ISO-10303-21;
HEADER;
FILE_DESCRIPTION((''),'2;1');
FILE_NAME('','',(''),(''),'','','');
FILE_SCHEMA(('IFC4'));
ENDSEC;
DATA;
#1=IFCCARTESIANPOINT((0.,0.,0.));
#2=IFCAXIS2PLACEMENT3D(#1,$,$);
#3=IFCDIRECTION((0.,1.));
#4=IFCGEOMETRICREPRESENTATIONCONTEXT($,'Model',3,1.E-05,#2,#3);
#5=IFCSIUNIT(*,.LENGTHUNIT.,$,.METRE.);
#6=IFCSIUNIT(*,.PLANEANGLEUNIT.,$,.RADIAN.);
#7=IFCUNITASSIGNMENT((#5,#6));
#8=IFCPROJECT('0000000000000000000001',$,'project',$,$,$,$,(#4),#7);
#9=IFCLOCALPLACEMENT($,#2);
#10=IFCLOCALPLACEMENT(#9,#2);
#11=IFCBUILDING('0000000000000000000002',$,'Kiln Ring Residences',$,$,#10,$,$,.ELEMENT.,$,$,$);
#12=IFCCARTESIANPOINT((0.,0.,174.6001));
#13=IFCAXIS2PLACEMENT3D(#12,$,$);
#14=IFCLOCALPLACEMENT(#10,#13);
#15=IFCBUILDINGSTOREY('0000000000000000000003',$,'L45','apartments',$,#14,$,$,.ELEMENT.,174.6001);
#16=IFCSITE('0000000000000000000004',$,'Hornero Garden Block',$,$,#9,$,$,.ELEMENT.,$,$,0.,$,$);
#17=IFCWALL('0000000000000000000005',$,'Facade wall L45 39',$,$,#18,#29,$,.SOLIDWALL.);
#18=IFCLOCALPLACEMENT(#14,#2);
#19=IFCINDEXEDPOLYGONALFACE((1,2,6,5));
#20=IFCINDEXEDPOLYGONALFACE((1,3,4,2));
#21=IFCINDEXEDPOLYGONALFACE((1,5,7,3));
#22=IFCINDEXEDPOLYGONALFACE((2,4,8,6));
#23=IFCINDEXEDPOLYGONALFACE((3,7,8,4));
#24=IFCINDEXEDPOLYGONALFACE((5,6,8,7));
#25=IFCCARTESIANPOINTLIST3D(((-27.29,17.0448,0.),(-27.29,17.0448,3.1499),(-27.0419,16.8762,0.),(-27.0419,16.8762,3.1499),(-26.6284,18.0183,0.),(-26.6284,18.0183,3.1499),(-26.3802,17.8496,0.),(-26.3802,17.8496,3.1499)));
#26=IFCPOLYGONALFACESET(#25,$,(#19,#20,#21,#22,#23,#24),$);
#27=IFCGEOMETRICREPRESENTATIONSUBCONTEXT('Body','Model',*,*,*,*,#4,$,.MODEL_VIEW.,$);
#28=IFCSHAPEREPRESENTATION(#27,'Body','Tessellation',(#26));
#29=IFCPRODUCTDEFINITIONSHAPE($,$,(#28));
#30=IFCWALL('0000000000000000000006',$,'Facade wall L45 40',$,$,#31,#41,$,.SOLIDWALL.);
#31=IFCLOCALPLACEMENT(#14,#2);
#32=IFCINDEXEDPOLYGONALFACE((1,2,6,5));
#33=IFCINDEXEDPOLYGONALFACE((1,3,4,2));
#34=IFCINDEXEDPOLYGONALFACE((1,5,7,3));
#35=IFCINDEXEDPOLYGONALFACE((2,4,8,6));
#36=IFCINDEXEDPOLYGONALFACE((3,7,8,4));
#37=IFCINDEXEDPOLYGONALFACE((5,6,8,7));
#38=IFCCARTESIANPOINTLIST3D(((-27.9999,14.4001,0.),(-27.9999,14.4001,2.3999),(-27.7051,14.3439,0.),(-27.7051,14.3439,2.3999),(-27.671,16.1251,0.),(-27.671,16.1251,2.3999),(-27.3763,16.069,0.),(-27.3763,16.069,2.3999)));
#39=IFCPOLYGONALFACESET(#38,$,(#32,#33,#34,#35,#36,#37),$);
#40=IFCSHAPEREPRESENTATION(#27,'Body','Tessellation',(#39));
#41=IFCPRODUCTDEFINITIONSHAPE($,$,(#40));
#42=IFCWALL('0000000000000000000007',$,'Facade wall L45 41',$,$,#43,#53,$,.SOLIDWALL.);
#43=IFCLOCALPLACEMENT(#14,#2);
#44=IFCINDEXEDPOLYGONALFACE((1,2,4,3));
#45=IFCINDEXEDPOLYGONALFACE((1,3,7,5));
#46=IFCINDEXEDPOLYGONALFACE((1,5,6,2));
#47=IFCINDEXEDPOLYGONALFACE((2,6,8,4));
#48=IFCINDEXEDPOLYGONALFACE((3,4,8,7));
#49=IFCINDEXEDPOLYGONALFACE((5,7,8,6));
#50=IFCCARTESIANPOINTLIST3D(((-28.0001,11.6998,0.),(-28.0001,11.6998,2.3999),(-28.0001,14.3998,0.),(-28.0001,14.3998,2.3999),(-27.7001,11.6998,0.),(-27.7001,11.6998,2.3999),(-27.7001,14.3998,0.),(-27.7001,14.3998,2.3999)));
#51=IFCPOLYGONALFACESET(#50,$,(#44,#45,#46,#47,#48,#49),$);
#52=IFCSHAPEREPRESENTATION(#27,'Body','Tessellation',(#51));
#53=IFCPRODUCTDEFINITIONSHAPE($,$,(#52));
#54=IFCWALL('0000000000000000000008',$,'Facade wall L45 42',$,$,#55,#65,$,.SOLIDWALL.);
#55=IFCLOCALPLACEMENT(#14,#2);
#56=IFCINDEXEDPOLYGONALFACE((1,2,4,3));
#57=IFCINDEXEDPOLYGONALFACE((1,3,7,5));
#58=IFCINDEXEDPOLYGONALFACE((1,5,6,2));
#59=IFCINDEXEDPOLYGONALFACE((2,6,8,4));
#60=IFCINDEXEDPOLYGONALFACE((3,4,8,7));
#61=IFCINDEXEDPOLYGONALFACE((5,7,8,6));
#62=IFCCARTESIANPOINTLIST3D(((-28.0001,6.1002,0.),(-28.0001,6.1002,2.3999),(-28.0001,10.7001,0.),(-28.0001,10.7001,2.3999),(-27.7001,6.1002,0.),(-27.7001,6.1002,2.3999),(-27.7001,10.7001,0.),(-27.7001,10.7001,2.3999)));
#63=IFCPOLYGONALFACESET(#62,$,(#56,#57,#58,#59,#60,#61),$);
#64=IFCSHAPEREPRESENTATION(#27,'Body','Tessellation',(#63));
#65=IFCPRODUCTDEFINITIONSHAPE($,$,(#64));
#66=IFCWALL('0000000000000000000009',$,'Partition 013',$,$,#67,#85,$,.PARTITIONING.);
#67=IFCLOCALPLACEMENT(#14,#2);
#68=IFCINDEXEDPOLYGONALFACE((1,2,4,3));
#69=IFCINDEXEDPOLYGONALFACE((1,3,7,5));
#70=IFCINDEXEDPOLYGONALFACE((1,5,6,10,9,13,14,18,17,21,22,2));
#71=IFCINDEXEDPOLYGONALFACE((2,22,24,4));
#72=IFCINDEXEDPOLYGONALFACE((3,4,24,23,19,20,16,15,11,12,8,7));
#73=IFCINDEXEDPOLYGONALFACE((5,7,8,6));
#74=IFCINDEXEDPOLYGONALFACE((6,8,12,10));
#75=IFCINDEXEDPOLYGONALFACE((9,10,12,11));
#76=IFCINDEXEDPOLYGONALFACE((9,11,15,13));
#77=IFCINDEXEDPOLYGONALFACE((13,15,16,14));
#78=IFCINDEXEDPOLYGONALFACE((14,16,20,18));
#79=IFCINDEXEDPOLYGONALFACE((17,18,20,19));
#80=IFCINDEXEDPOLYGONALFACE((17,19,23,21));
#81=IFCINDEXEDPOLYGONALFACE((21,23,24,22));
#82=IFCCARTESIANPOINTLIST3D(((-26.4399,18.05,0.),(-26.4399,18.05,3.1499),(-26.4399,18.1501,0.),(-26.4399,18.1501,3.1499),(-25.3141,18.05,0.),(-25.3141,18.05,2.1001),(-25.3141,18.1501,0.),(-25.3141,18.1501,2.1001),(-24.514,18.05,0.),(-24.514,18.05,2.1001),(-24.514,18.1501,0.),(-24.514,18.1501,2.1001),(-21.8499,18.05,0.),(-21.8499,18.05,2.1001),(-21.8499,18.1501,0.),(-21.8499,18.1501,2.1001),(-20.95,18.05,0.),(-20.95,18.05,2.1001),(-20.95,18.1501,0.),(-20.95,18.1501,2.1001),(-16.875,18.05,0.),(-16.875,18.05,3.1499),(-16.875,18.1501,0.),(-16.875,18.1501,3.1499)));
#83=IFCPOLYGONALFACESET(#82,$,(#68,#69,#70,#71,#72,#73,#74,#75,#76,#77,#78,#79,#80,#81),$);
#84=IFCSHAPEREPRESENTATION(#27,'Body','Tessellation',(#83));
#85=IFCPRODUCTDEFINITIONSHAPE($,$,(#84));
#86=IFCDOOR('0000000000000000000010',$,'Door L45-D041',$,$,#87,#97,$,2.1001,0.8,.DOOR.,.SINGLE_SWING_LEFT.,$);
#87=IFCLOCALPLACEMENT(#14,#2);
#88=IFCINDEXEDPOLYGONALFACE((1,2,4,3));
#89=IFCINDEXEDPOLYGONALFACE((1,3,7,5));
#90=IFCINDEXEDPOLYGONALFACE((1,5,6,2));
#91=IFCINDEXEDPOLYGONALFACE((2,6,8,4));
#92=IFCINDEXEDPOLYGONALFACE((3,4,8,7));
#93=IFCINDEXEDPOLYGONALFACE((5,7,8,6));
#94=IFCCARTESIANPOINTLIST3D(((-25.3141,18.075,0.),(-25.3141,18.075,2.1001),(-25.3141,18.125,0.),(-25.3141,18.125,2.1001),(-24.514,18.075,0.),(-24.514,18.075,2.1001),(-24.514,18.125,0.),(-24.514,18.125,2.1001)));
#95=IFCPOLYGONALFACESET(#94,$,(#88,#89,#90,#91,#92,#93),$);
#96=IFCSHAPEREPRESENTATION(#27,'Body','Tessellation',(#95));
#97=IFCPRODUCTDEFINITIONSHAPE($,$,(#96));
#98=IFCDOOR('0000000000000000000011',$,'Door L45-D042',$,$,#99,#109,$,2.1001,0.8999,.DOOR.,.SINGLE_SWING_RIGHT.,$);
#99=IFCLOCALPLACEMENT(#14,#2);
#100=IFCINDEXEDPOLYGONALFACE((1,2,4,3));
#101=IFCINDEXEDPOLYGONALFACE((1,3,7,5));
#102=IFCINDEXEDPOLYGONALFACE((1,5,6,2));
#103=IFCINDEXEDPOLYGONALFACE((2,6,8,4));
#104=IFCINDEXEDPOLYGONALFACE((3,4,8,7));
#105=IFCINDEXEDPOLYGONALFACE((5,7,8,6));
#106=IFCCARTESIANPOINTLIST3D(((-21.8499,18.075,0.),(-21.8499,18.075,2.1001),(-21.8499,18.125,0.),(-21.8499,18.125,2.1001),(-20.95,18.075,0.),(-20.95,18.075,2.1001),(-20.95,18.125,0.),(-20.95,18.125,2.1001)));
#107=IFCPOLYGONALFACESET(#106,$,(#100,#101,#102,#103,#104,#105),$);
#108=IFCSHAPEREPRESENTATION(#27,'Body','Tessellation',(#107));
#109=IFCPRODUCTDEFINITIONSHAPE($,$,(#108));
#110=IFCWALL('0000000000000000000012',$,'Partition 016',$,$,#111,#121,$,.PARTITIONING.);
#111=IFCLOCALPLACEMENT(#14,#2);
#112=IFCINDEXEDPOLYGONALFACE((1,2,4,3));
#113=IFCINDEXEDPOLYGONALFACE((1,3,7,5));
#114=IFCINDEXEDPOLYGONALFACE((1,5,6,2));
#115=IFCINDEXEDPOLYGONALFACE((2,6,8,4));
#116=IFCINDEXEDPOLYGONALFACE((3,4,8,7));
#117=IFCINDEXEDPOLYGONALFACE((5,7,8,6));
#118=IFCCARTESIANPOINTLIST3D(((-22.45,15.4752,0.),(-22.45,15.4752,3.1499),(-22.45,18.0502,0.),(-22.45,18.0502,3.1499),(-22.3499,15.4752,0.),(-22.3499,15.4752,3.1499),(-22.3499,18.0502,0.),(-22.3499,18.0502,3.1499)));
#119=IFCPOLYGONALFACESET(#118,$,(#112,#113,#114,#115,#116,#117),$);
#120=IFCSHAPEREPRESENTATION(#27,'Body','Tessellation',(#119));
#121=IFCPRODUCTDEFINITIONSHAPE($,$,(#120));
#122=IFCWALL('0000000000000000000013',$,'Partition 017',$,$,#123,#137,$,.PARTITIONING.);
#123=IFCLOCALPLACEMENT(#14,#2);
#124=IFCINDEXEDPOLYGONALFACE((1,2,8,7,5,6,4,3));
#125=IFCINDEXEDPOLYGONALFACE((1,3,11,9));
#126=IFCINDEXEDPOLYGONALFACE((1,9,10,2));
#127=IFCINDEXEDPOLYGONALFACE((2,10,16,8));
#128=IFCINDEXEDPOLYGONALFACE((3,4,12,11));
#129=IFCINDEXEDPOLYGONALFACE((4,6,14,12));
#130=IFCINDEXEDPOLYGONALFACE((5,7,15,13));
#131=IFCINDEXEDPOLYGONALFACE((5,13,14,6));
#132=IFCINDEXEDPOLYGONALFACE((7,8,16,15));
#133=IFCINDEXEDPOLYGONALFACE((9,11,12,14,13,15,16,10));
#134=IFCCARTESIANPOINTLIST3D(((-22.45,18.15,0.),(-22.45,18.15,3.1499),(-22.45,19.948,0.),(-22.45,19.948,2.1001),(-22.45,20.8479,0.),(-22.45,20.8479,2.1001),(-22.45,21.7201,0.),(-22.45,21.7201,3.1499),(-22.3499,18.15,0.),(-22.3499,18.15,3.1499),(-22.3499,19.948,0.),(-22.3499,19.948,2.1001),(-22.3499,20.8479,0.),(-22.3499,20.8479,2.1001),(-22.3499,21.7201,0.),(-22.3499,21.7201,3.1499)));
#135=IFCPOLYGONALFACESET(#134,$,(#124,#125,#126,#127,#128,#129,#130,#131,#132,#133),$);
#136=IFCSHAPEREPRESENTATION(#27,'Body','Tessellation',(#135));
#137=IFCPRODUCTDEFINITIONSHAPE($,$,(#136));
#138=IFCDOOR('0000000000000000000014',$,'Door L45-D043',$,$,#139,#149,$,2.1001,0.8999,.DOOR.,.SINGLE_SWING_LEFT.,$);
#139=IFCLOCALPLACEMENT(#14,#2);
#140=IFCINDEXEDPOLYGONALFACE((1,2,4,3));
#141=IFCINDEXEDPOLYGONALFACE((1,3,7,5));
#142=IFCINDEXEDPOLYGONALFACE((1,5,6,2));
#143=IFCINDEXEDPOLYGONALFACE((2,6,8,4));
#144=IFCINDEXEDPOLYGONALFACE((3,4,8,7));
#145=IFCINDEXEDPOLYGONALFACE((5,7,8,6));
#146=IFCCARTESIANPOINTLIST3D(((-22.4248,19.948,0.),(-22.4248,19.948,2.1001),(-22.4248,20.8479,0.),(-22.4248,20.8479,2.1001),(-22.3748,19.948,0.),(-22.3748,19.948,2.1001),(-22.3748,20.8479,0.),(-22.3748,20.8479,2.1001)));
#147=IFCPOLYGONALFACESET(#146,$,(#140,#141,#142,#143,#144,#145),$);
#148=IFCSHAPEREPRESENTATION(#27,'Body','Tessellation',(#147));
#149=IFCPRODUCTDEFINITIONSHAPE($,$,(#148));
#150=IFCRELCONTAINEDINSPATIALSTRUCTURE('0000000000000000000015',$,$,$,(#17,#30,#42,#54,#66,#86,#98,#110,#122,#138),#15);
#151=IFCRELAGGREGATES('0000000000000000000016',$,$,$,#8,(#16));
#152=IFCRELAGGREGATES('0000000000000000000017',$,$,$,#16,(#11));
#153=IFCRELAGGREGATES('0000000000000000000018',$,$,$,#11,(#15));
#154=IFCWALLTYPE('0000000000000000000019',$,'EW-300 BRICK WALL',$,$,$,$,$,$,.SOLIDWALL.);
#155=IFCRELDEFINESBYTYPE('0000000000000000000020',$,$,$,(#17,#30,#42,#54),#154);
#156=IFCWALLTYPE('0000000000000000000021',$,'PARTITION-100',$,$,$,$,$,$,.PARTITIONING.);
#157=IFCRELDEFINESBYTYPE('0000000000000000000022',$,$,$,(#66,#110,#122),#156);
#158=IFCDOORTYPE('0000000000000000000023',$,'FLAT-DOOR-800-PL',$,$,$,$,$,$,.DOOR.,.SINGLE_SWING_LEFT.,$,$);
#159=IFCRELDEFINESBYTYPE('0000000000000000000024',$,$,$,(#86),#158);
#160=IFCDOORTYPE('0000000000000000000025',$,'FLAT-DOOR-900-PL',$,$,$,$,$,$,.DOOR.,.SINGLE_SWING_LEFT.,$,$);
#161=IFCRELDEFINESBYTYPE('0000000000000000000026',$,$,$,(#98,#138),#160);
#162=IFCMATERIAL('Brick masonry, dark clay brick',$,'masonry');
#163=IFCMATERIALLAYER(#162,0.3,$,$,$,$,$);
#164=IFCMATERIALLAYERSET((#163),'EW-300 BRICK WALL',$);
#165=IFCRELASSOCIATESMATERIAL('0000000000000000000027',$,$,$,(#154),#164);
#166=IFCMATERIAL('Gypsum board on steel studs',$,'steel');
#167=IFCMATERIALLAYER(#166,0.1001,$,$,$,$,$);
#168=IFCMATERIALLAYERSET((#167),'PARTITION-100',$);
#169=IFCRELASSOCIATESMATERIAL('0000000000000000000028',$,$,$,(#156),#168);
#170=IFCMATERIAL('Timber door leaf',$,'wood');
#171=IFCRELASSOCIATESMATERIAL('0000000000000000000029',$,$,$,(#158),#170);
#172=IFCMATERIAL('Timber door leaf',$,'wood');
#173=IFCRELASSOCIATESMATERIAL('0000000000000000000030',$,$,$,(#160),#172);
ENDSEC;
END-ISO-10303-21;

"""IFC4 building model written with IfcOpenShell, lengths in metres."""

from ifc_helpers import new_model, si_unit, direction, frame, frame_2d, origin, place, context, subcontext, project, spatial, rectangle, extrude, material, layer, layer_set, type_object, element, fill, save


model = new_model("IFC4")

# Units and contexts
model_context = context("Model", 3, precision=1e-05, world=origin(), true_north=direction((0.0, 1.0)))
body_context = subcontext(model_context, "Body", "Model", "MODEL_VIEW")
ifc_project = project(units=[si_unit("LENGTHUNIT", "METRE"), si_unit("PLANEANGLEUNIT", "RADIAN")], contexts=[model_context])

# Site, building, storey
site_placement = place(None, origin())
site = spatial("IfcSite", under=ifc_project, at=site_placement, Name="Hornero Garden Block", CompositionType="ELEMENT", RefElevation=0.0)
building_placement = place(site_placement, origin())
building = spatial("IfcBuilding", under=site, at=building_placement, Name="Kiln Ring Residences", CompositionType="ELEMENT")
storey_placement = place(building_placement, frame((0.0, 0.0, 174.6001)))
storey = spatial("IfcBuildingStorey", under=building, at=storey_placement, Name="L45", Description="apartments", CompositionType="ELEMENT", Elevation=174.6001)

# Shared definitions
ifc_material_1 = material(Name="Brick masonry, dark clay brick", Category="masonry")
ifc_layer_1 = layer(ifc_material_1, 0.3)
ifc_layer_set_1 = layer_set([ifc_layer_1], Name="EW-300 BRICK WALL")
wall_type_1 = type_object("IfcWallType", Name="EW-300 BRICK WALL", PredefinedType="SOLIDWALL", material=ifc_layer_set_1)

# Walls
wall_1_placement = place(storey_placement, frame((-26.5044, 17.9338, 0.0), z_axis=(0.0, 0.0, 1.0), x_axis=(-0.562145, -0.827038, 0.0)))
element("IfcWall", 1, at=wall_1_placement, inside=storey, type_object=wall_type_1, Name="Facade wall L45 39", PredefinedType="SOLIDWALL", context=body_context, shape_type="SweptSolid", body=[
    extrude(rectangle(XDim=1.177, YDim=0.3, at=frame_2d((0.5884, 0.0))), origin(), (0.0, 0.0, 1.0), 3.1499),
])
wall_2_placement = place(storey_placement, frame((-27.5237, 16.0969, 0.0), z_axis=(0.0, 0.0, 1.0), x_axis=(-0.187259, -0.982311, 0.0)))
element("IfcWall", 2, at=wall_2_placement, inside=storey, type_object=wall_type_1, Name="Facade wall L45 40", PredefinedType="SOLIDWALL", context=body_context, shape_type="SweptSolid", body=[
    extrude(rectangle(XDim=1.7561, YDim=0.3, at=frame_2d((0.8779, 0.0))), origin(), (0.0, 0.0, 1.0), 2.3999),
])
wall_3_placement = place(storey_placement, frame((-27.8501, 14.3999, 0.0), z_axis=(0.0, 0.0, 1.0), x_axis=(0.0, -1.0, 0.0)))
element("IfcWall", 3, at=wall_3_placement, inside=storey, type_object=wall_type_1, Name="Facade wall L45 41", PredefinedType="SOLIDWALL", context=body_context, shape_type="SweptSolid", body=[
    extrude(rectangle(XDim=2.7, YDim=0.3, at=frame_2d((1.3501, 0.0))), origin(), (0.0, 0.0, 1.0), 2.3999),
])
wall_4_placement = place(storey_placement, frame((-27.8501, 10.7, 0.0), z_axis=(0.0, 0.0, 1.0), x_axis=(0.0, -1.0, 0.0)))
element("IfcWall", 4, at=wall_4_placement, inside=storey, type_object=wall_type_1, Name="Facade wall L45 42", PredefinedType="SOLIDWALL", context=body_context, shape_type="SweptSolid", body=[
    extrude(rectangle(XDim=4.5999, YDim=0.3, at=frame_2d((2.2998, 0.0))), origin(), (0.0, 0.0, 1.0), 2.3999),
])

# Wall, openings, doors
ifc_material_2 = material(Name="Gypsum board on steel studs", Category="steel")
ifc_layer_2 = layer(ifc_material_2, 0.1001)
ifc_layer_set_2 = layer_set([ifc_layer_2], Name="PARTITION-100")
wall_type_2 = type_object("IfcWallType", Name="PARTITION-100", PredefinedType="PARTITIONING", material=ifc_layer_set_2)
wall_5_placement = place(storey_placement, frame((-26.4399, 18.1001, 0.0), z_axis=(0.0, 0.0, 1.0), x_axis=(1.0, 0.0, 0.0)))
wall_5 = element("IfcWall", 5, at=wall_5_placement, inside=storey, type_object=wall_type_2, Name="Partition 013", PredefinedType="PARTITIONING", context=body_context, shape_type="SweptSolid", body=[
    extrude(rectangle(XDim=9.5649, YDim=0.1001, at=frame_2d((4.7825, 0.0))), origin(), (0.0, 0.0, 1.0), 3.1499),
])
opening_1_placement = place(wall_5_placement, frame((1.126, 0.0, 0.0)))
opening_1 = element("IfcOpeningElement", 6, at=opening_1_placement, cuts=wall_5, PredefinedType="OPENING", context=body_context, shape_type="SweptSolid", body=[
    extrude(rectangle(XDim=0.8, YDim=2.1001, at=frame_2d((0.3999, 1.05))), frame((0.0, 0.0601, 0.0), z_axis=(0.0, -1.0, 0.0), x_axis=(1.0, 0.0, 0.0)), (0.0, 0.0, 1.0), 0.1201),
])
opening_2_placement = place(wall_5_placement, frame((4.5901, 0.0, 0.0)))
opening_2 = element("IfcOpeningElement", 7, at=opening_2_placement, cuts=wall_5, PredefinedType="OPENING", context=body_context, shape_type="SweptSolid", body=[
    extrude(rectangle(XDim=0.8999, YDim=2.1001, at=frame_2d((0.45, 1.05))), frame((0.0, 0.0601, 0.0), z_axis=(0.0, -1.0, 0.0), x_axis=(1.0, 0.0, 0.0)), (0.0, 0.0, 1.0), 0.1201),
])
ifc_material_3 = material(Name="Timber door leaf", Category="wood")
door_type_1 = type_object("IfcDoorType", Name="FLAT-DOOR-800-PL", OperationType="SINGLE_SWING_LEFT", PredefinedType="DOOR", material=ifc_material_3)
door_1_placement = place(opening_1_placement, origin())
door_1 = element("IfcDoor", 8, at=door_1_placement, inside=storey, type_object=door_type_1, Name="Door L45-D041", OperationType="SINGLE_SWING_LEFT", OverallHeight=2.1001, OverallWidth=0.8, PredefinedType="DOOR", context=body_context, shape_type="SweptSolid", body=[
    extrude(rectangle(XDim=0.8, YDim=2.1001, at=frame_2d((0.3999, 1.05))), frame((0.0, 0.0249, 0.0), z_axis=(0.0, -1.0, 0.0), x_axis=(1.0, 0.0, 0.0)), (0.0, 0.0, 1.0), 0.05),
])
fill(opening_1, door_1)
ifc_material_4 = material(Name="Timber door leaf", Category="wood")
door_type_2 = type_object("IfcDoorType", Name="FLAT-DOOR-900-PL", OperationType="SINGLE_SWING_LEFT", PredefinedType="DOOR", material=ifc_material_4)
door_2_placement = place(opening_2_placement, origin())
door_2 = element("IfcDoor", 9, at=door_2_placement, inside=storey, type_object=door_type_2, Name="Door L45-D042", OperationType="SINGLE_SWING_RIGHT", OverallHeight=2.1001, OverallWidth=0.8999, PredefinedType="DOOR", context=body_context, shape_type="SweptSolid", body=[
    extrude(rectangle(XDim=0.8999, YDim=2.1001, at=frame_2d((0.45, 1.05))), frame((0.0, 0.0249, 0.0), z_axis=(0.0, -1.0, 0.0), x_axis=(1.0, 0.0, 0.0)), (0.0, 0.0, 1.0), 0.05),
])
fill(opening_2, door_2)

# Wall
wall_6_placement = place(storey_placement, frame((-22.3999, 15.4751, 0.0), z_axis=(0.0, 0.0, 1.0), x_axis=(0.0, 1.0, 0.0)))
element("IfcWall", 10, at=wall_6_placement, inside=storey, type_object=wall_type_2, Name="Partition 016", PredefinedType="PARTITIONING", context=body_context, shape_type="SweptSolid", body=[
    extrude(rectangle(XDim=2.575, YDim=0.1001, at=frame_2d((1.2876, 0.0))), origin(), (0.0, 0.0, 1.0), 3.1499),
])

# Wall, opening, door
wall_7_placement = place(storey_placement, frame((-22.3999, 18.1499, 0.0), z_axis=(0.0, 0.0, 1.0), x_axis=(0.0, 1.0, 0.0)))
wall_7 = element("IfcWall", 11, at=wall_7_placement, inside=storey, type_object=wall_type_2, Name="Partition 017", PredefinedType="PARTITIONING", context=body_context, shape_type="SweptSolid", body=[
    extrude(rectangle(XDim=3.5701, YDim=0.1001, at=frame_2d((1.7852, 0.0))), origin(), (0.0, 0.0, 1.0), 3.1499),
])
opening_3_placement = place(wall_7_placement, frame((1.7981, 0.0, 0.0)))
opening_3 = element("IfcOpeningElement", 12, at=opening_3_placement, cuts=wall_7, PredefinedType="OPENING", context=body_context, shape_type="SweptSolid", body=[
    extrude(rectangle(XDim=0.8999, YDim=2.1001, at=frame_2d((0.45, 1.05))), frame((0.0, 0.0601, 0.0), z_axis=(0.0, -1.0, 0.0), x_axis=(1.0, 0.0, 0.0)), (0.0, 0.0, 1.0), 0.1201),
])
door_3_placement = place(opening_3_placement, origin())
door_3 = element("IfcDoor", 13, at=door_3_placement, inside=storey, type_object=door_type_2, Name="Door L45-D043", OperationType="SINGLE_SWING_LEFT", OverallHeight=2.1001, OverallWidth=0.8999, PredefinedType="DOOR", context=body_context, shape_type="SweptSolid", body=[
    extrude(rectangle(XDim=0.8999, YDim=2.1001, at=frame_2d((0.45, 1.05))), frame((0.0, 0.0249, 0.0), z_axis=(0.0, -1.0, 0.0), x_axis=(1.0, 0.0, 0.0)), (0.0, 0.0, 1.0), 0.05),
])
fill(opening_3, door_3)

save(model, "model.ifc")
